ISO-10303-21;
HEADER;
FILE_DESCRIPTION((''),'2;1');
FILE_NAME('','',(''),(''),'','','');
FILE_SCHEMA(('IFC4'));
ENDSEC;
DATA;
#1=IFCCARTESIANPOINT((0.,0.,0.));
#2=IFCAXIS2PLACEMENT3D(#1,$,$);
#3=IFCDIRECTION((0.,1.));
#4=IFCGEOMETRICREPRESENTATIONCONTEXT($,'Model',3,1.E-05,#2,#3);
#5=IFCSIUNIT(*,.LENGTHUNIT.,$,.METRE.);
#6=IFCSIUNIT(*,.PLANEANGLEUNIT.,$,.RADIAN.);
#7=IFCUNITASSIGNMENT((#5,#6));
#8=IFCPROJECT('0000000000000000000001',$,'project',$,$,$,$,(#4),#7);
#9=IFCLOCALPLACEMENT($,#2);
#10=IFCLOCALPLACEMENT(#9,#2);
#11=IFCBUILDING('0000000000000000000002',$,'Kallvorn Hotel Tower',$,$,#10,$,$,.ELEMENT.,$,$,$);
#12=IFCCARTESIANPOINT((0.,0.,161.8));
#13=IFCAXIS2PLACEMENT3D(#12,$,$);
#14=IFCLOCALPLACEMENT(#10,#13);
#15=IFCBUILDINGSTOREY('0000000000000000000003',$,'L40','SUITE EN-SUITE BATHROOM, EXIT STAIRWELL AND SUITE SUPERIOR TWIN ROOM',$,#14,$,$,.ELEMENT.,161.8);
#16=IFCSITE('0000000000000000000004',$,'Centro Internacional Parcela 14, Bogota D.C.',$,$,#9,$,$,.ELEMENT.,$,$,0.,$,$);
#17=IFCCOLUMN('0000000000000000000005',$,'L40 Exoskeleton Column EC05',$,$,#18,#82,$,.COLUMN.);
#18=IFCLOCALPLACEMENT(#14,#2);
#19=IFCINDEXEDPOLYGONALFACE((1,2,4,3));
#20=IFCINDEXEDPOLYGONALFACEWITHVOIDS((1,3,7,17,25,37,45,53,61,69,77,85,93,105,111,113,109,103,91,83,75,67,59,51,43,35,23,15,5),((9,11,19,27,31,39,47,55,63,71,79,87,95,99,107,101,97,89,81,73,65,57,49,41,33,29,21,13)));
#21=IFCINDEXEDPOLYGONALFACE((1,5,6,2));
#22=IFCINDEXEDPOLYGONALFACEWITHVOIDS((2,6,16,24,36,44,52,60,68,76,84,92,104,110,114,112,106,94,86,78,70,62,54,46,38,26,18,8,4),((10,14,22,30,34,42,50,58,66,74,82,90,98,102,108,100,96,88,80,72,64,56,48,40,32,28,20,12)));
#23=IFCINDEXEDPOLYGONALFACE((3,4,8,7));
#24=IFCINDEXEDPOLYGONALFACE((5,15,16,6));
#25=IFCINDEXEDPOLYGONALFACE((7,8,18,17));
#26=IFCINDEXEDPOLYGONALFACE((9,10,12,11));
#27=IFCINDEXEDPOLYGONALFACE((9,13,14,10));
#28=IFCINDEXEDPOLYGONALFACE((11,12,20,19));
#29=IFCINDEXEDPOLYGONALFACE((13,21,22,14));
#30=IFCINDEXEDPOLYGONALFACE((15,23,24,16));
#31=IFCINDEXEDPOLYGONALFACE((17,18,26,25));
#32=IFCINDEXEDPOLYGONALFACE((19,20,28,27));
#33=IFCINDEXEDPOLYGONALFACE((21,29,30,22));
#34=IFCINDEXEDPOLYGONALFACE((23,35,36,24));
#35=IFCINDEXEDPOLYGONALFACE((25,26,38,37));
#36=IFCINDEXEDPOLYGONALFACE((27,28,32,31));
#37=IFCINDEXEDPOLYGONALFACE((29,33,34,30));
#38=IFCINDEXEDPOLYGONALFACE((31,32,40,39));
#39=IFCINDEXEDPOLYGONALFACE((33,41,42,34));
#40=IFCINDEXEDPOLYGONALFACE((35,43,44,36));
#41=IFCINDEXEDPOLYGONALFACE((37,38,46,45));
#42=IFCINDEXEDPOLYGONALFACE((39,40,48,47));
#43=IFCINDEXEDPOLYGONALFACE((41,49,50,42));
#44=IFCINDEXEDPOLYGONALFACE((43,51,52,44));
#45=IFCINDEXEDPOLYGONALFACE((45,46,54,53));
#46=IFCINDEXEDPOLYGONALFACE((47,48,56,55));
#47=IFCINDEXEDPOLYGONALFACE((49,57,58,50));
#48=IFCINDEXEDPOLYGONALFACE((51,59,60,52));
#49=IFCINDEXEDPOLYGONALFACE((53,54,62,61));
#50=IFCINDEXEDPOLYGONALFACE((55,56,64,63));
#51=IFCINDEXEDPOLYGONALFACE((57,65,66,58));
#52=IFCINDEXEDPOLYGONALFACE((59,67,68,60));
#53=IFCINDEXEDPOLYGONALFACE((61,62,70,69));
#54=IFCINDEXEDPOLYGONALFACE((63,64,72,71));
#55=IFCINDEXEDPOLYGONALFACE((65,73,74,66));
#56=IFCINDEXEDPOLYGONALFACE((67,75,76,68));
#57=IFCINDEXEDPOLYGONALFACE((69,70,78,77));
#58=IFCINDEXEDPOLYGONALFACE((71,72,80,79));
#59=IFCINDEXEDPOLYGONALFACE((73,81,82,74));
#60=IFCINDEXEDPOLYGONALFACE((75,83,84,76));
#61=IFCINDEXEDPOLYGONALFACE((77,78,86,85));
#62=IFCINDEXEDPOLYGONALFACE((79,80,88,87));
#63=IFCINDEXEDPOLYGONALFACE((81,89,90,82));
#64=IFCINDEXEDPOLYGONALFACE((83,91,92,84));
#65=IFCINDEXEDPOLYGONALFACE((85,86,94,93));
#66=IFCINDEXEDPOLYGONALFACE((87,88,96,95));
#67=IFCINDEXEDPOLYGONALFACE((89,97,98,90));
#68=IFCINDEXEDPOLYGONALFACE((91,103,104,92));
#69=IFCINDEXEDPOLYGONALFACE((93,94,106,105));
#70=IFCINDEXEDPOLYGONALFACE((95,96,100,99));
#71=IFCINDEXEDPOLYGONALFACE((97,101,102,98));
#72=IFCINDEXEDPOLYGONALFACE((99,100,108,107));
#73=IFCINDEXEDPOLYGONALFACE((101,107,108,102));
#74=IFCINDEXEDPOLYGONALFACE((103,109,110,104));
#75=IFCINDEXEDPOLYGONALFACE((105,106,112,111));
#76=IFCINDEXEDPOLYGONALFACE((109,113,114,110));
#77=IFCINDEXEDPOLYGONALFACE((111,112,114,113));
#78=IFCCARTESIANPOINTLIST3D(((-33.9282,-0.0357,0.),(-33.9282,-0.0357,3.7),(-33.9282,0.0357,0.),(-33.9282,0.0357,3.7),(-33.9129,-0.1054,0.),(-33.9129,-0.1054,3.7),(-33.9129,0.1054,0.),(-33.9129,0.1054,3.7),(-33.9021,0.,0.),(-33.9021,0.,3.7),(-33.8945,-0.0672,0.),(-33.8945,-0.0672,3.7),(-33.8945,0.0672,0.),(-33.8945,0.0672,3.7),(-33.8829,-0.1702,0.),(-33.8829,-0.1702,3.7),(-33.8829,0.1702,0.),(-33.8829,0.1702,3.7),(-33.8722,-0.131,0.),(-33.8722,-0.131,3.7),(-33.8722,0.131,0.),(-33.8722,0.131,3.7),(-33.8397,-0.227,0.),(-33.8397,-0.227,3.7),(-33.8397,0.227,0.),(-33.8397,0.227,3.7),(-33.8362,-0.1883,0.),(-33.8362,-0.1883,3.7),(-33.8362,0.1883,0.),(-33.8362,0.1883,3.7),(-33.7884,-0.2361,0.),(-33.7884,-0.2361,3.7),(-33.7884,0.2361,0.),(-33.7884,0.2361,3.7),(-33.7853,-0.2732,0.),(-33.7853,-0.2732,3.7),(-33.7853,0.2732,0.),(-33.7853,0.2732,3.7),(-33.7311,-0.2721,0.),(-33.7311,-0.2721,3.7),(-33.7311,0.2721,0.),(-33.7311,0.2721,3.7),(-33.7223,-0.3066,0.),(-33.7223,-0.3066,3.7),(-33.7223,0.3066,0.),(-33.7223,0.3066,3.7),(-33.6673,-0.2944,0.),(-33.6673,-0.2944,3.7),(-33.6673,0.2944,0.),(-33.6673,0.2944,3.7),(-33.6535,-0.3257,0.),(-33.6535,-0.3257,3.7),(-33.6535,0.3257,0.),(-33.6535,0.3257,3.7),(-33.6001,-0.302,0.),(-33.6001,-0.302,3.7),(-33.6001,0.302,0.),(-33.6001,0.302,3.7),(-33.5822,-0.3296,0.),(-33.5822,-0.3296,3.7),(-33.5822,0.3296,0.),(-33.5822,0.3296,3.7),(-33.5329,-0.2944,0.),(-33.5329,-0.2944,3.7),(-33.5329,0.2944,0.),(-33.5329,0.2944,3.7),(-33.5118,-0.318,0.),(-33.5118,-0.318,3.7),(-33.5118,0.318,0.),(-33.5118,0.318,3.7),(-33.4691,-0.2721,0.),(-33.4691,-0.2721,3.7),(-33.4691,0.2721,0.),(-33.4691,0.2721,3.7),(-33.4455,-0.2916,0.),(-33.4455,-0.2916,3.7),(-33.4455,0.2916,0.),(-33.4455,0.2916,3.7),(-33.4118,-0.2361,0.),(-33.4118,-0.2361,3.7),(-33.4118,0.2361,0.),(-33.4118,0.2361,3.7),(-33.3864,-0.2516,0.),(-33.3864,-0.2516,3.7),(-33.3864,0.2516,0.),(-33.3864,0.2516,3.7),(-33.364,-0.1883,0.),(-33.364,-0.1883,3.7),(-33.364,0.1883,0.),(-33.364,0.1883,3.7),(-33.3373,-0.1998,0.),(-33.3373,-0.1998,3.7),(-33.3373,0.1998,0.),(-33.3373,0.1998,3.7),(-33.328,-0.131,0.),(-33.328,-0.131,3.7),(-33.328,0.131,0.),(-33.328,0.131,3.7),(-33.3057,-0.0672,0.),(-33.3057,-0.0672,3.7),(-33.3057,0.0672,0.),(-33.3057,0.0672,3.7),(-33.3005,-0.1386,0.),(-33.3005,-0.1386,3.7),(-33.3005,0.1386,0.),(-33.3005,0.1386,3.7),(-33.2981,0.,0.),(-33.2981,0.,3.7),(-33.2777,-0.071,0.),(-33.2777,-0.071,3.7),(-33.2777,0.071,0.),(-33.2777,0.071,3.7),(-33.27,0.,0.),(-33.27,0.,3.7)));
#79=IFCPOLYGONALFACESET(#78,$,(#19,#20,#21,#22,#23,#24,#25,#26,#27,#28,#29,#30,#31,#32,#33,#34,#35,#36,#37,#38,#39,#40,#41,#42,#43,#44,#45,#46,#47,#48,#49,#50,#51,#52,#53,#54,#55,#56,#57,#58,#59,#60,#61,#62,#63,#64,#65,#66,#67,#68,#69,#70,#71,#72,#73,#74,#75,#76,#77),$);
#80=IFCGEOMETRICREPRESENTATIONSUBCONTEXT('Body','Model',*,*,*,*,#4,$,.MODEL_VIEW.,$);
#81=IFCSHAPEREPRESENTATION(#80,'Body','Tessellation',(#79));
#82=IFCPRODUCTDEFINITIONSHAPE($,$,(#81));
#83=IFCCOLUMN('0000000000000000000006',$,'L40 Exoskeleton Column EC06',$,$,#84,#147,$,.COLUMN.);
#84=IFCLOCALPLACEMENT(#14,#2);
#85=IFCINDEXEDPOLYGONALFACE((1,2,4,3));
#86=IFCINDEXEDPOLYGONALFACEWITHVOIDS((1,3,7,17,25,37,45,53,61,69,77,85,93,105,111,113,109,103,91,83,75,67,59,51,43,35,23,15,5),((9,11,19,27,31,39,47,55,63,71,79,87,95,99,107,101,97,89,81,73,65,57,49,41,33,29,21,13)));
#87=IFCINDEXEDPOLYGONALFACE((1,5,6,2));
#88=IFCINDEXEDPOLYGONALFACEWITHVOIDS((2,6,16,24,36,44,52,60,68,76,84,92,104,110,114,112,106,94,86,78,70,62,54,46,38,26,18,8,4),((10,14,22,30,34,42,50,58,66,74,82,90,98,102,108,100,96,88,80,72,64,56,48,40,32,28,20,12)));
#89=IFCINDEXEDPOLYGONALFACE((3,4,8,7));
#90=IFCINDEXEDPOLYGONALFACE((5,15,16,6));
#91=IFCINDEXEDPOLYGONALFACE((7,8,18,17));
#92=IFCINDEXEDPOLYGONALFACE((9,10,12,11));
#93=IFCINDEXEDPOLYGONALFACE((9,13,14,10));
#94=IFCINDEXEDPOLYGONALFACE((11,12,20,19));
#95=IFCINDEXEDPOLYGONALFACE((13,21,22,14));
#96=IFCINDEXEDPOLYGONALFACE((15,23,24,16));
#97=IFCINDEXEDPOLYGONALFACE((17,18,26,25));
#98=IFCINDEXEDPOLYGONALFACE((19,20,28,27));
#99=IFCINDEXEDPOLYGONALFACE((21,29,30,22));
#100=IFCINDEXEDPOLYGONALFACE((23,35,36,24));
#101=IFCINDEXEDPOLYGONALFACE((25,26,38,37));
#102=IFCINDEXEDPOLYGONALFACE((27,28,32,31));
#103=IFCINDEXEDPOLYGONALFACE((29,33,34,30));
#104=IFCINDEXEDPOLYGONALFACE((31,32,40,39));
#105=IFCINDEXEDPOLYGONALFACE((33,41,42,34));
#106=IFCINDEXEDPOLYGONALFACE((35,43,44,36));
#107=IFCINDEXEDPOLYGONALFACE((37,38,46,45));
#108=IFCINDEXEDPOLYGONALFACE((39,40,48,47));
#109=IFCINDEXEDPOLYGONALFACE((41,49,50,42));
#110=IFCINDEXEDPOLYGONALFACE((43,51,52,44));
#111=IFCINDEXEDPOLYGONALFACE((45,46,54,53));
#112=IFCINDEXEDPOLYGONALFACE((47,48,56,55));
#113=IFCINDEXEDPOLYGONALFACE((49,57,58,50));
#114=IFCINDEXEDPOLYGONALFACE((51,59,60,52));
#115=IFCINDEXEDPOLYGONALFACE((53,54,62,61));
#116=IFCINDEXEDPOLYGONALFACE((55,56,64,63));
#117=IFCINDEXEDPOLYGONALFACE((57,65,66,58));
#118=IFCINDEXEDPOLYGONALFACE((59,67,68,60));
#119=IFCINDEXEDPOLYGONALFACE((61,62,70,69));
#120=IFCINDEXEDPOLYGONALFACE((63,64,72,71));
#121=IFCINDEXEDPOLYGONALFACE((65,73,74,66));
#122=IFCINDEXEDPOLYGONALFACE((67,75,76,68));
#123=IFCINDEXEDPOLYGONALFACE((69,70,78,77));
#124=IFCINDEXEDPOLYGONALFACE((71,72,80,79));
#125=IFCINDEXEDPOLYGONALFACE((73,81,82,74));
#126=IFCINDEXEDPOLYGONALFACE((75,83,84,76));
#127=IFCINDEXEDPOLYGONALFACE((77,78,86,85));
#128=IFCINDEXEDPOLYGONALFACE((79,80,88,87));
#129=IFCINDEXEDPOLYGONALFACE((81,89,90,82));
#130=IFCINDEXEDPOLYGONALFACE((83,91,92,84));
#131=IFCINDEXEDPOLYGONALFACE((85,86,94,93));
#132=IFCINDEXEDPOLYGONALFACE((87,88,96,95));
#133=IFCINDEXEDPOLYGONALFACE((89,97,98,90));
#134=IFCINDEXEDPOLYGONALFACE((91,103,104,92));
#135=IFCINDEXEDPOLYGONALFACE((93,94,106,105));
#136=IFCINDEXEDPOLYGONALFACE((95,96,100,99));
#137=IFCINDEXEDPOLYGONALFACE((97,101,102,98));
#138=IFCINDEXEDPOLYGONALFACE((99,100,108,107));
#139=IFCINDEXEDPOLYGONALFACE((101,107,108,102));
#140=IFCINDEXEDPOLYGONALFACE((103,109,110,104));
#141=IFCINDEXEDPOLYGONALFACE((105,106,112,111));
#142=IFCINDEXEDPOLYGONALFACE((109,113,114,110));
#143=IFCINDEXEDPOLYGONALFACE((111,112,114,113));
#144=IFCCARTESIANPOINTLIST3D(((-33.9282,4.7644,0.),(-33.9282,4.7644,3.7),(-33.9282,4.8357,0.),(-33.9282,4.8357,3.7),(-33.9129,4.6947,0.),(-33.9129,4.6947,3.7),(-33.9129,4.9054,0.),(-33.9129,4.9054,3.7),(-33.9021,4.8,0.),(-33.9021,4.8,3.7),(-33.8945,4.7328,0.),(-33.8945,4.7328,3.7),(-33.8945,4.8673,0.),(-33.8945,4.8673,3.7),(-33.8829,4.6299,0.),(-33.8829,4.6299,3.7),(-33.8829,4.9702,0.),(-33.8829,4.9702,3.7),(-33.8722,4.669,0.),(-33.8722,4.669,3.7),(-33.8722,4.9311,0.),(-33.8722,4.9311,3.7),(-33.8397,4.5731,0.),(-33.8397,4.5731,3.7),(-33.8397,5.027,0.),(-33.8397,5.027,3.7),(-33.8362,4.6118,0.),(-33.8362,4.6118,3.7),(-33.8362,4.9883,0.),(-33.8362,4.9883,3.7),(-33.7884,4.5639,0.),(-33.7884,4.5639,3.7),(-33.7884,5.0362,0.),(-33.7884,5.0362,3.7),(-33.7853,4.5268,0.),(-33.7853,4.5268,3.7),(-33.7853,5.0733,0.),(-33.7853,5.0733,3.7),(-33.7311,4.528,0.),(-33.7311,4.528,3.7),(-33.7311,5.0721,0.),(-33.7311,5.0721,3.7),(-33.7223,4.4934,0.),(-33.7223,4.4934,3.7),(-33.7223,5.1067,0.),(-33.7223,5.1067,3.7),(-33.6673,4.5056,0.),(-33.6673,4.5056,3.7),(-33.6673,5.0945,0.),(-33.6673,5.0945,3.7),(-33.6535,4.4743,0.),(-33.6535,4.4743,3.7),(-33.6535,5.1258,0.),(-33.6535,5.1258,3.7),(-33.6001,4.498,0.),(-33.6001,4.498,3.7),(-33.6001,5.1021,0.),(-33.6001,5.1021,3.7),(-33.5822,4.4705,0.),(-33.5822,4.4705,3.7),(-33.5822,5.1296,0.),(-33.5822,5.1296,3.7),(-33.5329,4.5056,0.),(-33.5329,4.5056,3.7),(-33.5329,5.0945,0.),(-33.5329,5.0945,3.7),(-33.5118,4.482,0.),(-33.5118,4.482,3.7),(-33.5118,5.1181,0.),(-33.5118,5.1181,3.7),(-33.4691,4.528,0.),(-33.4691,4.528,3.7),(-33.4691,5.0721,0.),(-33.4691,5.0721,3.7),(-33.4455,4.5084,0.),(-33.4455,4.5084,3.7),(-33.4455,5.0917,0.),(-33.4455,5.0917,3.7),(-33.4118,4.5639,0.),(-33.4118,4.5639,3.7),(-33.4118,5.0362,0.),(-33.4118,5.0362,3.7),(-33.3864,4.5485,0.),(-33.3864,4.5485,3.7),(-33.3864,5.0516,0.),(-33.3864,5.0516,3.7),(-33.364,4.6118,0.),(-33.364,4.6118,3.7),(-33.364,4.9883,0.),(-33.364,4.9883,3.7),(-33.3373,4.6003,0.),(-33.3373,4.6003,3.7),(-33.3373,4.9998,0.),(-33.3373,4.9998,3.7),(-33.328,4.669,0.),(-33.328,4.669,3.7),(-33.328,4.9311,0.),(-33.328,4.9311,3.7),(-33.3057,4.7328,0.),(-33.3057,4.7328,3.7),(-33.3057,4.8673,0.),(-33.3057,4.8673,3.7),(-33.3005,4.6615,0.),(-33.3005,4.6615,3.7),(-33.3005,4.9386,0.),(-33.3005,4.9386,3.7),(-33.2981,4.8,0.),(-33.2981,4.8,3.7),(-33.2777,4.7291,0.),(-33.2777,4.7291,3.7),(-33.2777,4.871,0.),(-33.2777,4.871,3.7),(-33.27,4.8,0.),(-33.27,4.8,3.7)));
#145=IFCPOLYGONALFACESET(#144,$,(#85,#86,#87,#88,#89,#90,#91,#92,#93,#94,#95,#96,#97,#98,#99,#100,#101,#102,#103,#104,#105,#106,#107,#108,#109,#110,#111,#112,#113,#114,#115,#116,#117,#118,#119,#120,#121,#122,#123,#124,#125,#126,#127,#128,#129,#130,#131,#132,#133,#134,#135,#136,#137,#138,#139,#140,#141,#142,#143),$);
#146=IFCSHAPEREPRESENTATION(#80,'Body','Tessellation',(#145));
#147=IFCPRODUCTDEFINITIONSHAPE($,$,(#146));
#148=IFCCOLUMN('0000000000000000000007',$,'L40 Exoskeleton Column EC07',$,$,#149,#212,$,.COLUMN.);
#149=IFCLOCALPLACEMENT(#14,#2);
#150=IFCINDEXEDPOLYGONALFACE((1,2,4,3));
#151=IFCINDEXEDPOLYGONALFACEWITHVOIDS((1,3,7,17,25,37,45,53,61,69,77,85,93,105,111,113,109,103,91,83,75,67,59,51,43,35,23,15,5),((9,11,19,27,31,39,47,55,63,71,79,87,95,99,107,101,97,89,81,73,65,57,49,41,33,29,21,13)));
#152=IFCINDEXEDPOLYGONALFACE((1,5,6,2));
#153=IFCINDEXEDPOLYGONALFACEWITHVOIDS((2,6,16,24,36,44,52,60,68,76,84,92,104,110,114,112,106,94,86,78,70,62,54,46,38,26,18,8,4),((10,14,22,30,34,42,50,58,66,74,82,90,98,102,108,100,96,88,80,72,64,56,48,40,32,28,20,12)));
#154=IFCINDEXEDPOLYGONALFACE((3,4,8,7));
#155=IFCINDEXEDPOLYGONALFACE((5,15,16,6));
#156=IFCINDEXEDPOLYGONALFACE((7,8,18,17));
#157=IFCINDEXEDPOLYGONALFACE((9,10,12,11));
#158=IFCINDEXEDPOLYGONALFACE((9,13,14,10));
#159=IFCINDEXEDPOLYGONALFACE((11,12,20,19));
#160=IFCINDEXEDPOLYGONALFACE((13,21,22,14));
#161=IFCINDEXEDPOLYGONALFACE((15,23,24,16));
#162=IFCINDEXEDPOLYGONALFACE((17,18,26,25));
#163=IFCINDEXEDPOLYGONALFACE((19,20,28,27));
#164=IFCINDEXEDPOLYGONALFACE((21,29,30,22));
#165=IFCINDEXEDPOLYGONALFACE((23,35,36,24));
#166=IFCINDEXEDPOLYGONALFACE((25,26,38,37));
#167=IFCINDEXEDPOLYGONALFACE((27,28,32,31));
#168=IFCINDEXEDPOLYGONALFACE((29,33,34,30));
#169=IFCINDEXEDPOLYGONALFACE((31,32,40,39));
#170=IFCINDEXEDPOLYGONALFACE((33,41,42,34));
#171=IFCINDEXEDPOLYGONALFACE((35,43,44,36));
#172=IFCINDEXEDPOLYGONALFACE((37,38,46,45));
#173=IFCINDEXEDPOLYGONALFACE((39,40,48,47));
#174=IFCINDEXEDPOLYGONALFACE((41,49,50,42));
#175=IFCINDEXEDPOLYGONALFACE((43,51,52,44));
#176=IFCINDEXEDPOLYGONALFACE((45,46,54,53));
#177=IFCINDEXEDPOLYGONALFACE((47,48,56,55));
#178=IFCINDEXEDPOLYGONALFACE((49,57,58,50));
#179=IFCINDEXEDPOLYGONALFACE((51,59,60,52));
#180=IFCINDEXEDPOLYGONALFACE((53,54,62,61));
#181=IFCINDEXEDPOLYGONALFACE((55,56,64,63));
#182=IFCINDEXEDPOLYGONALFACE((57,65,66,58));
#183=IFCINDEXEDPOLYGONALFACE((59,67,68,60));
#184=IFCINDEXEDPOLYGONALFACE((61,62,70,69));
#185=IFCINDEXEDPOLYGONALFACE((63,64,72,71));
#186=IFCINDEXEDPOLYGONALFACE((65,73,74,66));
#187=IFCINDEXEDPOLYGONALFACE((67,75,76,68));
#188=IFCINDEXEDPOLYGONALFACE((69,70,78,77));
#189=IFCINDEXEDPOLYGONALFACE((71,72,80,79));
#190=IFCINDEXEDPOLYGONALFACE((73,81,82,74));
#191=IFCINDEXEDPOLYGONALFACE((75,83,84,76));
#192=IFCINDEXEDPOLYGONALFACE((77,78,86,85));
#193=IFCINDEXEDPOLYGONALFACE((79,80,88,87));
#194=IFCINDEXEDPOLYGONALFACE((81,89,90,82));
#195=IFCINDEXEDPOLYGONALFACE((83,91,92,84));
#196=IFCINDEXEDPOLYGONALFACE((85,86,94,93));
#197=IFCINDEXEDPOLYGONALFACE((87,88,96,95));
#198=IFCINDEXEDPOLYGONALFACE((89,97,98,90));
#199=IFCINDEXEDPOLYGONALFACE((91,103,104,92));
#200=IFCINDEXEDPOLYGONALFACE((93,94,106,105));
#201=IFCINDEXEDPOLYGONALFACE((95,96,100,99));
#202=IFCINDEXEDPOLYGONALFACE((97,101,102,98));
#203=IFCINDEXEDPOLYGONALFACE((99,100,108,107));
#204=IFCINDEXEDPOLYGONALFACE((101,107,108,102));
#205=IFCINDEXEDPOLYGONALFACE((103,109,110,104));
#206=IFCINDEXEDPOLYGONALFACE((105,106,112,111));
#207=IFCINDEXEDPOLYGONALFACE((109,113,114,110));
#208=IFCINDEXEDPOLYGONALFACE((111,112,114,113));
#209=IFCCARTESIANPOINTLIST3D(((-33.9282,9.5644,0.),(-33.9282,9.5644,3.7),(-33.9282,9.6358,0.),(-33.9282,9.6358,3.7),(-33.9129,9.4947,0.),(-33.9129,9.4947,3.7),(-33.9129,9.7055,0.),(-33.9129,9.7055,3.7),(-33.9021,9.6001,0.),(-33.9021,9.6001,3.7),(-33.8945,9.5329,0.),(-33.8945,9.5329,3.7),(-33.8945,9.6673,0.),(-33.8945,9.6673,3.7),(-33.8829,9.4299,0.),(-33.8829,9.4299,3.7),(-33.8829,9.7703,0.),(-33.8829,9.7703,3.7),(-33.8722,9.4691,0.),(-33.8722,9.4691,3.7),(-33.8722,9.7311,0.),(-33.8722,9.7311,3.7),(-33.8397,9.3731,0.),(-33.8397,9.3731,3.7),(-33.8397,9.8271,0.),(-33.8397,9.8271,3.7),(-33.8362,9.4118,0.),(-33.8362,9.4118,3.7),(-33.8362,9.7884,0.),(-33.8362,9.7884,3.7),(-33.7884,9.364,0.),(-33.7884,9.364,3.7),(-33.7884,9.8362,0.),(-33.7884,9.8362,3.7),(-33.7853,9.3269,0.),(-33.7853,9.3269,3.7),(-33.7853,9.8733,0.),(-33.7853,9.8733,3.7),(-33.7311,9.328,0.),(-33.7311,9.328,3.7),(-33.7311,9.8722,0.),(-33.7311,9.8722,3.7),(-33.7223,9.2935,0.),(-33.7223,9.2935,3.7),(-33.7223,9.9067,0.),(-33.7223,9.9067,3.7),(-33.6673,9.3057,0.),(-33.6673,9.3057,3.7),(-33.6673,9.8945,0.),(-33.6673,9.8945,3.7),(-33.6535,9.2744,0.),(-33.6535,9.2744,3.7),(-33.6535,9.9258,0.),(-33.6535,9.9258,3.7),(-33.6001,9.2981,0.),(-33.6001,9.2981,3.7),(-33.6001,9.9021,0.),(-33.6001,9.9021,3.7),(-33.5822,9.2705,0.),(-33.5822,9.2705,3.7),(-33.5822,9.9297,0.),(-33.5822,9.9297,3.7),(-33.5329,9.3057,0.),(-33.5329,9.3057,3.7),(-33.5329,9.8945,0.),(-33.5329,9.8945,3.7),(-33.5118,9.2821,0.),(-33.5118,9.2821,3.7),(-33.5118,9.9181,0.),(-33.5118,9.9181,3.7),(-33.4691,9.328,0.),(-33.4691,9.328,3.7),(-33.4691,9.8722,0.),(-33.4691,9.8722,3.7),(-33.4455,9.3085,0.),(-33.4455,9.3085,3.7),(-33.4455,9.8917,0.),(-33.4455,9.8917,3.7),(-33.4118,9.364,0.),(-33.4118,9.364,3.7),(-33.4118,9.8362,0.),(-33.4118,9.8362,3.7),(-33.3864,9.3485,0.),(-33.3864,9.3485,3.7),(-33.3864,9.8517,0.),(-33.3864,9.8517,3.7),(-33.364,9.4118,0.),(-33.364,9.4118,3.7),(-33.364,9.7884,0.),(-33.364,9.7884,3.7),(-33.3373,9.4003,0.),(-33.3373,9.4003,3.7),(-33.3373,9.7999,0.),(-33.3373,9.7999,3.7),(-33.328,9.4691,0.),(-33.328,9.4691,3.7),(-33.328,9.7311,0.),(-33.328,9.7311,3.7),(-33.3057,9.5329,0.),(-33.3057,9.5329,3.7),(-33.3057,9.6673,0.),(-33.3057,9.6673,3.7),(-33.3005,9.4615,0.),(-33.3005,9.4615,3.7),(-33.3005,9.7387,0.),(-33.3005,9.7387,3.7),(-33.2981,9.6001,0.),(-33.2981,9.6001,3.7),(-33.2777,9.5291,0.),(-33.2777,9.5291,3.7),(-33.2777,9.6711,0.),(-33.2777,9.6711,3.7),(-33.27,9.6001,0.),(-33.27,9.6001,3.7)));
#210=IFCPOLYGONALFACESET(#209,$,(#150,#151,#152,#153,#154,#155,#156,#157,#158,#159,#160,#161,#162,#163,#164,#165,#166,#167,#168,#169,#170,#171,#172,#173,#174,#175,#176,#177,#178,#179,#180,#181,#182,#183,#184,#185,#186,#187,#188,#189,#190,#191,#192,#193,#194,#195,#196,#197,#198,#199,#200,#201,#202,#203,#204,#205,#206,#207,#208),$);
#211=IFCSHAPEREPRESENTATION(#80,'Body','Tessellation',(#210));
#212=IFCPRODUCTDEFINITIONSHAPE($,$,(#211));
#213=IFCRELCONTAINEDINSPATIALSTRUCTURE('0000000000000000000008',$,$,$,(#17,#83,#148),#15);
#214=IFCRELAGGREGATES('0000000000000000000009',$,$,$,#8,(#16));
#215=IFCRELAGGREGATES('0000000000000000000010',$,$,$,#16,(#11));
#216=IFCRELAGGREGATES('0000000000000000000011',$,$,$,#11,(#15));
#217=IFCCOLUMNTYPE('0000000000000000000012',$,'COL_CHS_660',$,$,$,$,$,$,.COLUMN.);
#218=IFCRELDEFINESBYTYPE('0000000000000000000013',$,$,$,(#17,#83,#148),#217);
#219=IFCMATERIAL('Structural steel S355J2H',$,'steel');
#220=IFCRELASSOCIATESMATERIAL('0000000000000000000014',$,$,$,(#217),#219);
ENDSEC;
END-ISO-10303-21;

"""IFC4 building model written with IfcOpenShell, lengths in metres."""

from ifc_helpers import new_model, si_unit, direction, frame, origin, origin_2d, place, context, subcontext, project, spatial, hollow_circle, extrude, material, material_profile, profile_set, type_object, element, save


model = new_model("IFC4")

# Units and contexts
model_context = context("Model", 3, precision=1e-05, world=origin(), true_north=direction((0.0, 1.0)))
body_context = subcontext(model_context, "Body", "Model", "MODEL_VIEW")
ifc_project = project(units=[si_unit("LENGTHUNIT", "METRE"), si_unit("PLANEANGLEUNIT", "RADIAN")], contexts=[model_context])

# Site, building, storey
site_placement = place(None, origin())
site = spatial("IfcSite", under=ifc_project, at=site_placement, Name="Centro Internacional Parcela 14, Bogota D.C.", CompositionType="ELEMENT", RefElevation=0.0)
building_placement = place(site_placement, origin())
building = spatial("IfcBuilding", under=site, at=building_placement, Name="Kallvorn Hotel Tower", CompositionType="ELEMENT")
storey_placement = place(building_placement, frame((0.0, 0.0, 161.8)))
storey = spatial("IfcBuildingStorey", under=building, at=storey_placement, Name="L40", Description="SUITE EN-SUITE BATHROOM, EXIT STAIRWELL AND SUITE SUPERIOR TWIN ROOM", CompositionType="ELEMENT", Elevation=161.8)

# Columns
ifc_material_1 = material(Name="Structural steel S355J2H", Category="steel")
ifc_material_profile_1 = material_profile(ifc_material_1, hollow_circle(Radius=0.3301, WallThickness=0.0281, at=origin_2d()), Name="CHS 660x28")
ifc_profile_set_1 = profile_set([ifc_material_profile_1], Name="Structural steel S355J2H")
column_type_1 = type_object("IfcColumnType", Name="COL_CHS_660", PredefinedType="COLUMN", material=ifc_profile_set_1)
for number, where, z_axis, x_axis, name in (
    (1, (-33.6001, 0.0, 0.0), (0.0, 0.0, 1.0), (1.0, 0.0, 0.0), "L40 Exoskeleton Column EC05"),
    (2, (-33.6001, 4.8, 0.0), (0.0, 0.0, 1.0), (1.0, 0.0, 0.0), "L40 Exoskeleton Column EC06"),
    (3, (-33.6001, 9.6001, 0.0), (0.0, 0.0, 1.0), (1.0, 0.0, 0.0), "L40 Exoskeleton Column EC07"),
):
    element("IfcColumn", number, at=place(storey_placement, frame(where, z_axis=z_axis, x_axis=x_axis)), inside=storey, type_object=column_type_1, Name=name, PredefinedType="COLUMN", context=body_context, shape_type="SweptSolid", body=[
        extrude(hollow_circle(Radius=0.3301, WallThickness=0.0281, at=origin_2d()), origin(), (0.0, 0.0, 1.0), 3.7),
    ])

save(model, "model.ifc")
